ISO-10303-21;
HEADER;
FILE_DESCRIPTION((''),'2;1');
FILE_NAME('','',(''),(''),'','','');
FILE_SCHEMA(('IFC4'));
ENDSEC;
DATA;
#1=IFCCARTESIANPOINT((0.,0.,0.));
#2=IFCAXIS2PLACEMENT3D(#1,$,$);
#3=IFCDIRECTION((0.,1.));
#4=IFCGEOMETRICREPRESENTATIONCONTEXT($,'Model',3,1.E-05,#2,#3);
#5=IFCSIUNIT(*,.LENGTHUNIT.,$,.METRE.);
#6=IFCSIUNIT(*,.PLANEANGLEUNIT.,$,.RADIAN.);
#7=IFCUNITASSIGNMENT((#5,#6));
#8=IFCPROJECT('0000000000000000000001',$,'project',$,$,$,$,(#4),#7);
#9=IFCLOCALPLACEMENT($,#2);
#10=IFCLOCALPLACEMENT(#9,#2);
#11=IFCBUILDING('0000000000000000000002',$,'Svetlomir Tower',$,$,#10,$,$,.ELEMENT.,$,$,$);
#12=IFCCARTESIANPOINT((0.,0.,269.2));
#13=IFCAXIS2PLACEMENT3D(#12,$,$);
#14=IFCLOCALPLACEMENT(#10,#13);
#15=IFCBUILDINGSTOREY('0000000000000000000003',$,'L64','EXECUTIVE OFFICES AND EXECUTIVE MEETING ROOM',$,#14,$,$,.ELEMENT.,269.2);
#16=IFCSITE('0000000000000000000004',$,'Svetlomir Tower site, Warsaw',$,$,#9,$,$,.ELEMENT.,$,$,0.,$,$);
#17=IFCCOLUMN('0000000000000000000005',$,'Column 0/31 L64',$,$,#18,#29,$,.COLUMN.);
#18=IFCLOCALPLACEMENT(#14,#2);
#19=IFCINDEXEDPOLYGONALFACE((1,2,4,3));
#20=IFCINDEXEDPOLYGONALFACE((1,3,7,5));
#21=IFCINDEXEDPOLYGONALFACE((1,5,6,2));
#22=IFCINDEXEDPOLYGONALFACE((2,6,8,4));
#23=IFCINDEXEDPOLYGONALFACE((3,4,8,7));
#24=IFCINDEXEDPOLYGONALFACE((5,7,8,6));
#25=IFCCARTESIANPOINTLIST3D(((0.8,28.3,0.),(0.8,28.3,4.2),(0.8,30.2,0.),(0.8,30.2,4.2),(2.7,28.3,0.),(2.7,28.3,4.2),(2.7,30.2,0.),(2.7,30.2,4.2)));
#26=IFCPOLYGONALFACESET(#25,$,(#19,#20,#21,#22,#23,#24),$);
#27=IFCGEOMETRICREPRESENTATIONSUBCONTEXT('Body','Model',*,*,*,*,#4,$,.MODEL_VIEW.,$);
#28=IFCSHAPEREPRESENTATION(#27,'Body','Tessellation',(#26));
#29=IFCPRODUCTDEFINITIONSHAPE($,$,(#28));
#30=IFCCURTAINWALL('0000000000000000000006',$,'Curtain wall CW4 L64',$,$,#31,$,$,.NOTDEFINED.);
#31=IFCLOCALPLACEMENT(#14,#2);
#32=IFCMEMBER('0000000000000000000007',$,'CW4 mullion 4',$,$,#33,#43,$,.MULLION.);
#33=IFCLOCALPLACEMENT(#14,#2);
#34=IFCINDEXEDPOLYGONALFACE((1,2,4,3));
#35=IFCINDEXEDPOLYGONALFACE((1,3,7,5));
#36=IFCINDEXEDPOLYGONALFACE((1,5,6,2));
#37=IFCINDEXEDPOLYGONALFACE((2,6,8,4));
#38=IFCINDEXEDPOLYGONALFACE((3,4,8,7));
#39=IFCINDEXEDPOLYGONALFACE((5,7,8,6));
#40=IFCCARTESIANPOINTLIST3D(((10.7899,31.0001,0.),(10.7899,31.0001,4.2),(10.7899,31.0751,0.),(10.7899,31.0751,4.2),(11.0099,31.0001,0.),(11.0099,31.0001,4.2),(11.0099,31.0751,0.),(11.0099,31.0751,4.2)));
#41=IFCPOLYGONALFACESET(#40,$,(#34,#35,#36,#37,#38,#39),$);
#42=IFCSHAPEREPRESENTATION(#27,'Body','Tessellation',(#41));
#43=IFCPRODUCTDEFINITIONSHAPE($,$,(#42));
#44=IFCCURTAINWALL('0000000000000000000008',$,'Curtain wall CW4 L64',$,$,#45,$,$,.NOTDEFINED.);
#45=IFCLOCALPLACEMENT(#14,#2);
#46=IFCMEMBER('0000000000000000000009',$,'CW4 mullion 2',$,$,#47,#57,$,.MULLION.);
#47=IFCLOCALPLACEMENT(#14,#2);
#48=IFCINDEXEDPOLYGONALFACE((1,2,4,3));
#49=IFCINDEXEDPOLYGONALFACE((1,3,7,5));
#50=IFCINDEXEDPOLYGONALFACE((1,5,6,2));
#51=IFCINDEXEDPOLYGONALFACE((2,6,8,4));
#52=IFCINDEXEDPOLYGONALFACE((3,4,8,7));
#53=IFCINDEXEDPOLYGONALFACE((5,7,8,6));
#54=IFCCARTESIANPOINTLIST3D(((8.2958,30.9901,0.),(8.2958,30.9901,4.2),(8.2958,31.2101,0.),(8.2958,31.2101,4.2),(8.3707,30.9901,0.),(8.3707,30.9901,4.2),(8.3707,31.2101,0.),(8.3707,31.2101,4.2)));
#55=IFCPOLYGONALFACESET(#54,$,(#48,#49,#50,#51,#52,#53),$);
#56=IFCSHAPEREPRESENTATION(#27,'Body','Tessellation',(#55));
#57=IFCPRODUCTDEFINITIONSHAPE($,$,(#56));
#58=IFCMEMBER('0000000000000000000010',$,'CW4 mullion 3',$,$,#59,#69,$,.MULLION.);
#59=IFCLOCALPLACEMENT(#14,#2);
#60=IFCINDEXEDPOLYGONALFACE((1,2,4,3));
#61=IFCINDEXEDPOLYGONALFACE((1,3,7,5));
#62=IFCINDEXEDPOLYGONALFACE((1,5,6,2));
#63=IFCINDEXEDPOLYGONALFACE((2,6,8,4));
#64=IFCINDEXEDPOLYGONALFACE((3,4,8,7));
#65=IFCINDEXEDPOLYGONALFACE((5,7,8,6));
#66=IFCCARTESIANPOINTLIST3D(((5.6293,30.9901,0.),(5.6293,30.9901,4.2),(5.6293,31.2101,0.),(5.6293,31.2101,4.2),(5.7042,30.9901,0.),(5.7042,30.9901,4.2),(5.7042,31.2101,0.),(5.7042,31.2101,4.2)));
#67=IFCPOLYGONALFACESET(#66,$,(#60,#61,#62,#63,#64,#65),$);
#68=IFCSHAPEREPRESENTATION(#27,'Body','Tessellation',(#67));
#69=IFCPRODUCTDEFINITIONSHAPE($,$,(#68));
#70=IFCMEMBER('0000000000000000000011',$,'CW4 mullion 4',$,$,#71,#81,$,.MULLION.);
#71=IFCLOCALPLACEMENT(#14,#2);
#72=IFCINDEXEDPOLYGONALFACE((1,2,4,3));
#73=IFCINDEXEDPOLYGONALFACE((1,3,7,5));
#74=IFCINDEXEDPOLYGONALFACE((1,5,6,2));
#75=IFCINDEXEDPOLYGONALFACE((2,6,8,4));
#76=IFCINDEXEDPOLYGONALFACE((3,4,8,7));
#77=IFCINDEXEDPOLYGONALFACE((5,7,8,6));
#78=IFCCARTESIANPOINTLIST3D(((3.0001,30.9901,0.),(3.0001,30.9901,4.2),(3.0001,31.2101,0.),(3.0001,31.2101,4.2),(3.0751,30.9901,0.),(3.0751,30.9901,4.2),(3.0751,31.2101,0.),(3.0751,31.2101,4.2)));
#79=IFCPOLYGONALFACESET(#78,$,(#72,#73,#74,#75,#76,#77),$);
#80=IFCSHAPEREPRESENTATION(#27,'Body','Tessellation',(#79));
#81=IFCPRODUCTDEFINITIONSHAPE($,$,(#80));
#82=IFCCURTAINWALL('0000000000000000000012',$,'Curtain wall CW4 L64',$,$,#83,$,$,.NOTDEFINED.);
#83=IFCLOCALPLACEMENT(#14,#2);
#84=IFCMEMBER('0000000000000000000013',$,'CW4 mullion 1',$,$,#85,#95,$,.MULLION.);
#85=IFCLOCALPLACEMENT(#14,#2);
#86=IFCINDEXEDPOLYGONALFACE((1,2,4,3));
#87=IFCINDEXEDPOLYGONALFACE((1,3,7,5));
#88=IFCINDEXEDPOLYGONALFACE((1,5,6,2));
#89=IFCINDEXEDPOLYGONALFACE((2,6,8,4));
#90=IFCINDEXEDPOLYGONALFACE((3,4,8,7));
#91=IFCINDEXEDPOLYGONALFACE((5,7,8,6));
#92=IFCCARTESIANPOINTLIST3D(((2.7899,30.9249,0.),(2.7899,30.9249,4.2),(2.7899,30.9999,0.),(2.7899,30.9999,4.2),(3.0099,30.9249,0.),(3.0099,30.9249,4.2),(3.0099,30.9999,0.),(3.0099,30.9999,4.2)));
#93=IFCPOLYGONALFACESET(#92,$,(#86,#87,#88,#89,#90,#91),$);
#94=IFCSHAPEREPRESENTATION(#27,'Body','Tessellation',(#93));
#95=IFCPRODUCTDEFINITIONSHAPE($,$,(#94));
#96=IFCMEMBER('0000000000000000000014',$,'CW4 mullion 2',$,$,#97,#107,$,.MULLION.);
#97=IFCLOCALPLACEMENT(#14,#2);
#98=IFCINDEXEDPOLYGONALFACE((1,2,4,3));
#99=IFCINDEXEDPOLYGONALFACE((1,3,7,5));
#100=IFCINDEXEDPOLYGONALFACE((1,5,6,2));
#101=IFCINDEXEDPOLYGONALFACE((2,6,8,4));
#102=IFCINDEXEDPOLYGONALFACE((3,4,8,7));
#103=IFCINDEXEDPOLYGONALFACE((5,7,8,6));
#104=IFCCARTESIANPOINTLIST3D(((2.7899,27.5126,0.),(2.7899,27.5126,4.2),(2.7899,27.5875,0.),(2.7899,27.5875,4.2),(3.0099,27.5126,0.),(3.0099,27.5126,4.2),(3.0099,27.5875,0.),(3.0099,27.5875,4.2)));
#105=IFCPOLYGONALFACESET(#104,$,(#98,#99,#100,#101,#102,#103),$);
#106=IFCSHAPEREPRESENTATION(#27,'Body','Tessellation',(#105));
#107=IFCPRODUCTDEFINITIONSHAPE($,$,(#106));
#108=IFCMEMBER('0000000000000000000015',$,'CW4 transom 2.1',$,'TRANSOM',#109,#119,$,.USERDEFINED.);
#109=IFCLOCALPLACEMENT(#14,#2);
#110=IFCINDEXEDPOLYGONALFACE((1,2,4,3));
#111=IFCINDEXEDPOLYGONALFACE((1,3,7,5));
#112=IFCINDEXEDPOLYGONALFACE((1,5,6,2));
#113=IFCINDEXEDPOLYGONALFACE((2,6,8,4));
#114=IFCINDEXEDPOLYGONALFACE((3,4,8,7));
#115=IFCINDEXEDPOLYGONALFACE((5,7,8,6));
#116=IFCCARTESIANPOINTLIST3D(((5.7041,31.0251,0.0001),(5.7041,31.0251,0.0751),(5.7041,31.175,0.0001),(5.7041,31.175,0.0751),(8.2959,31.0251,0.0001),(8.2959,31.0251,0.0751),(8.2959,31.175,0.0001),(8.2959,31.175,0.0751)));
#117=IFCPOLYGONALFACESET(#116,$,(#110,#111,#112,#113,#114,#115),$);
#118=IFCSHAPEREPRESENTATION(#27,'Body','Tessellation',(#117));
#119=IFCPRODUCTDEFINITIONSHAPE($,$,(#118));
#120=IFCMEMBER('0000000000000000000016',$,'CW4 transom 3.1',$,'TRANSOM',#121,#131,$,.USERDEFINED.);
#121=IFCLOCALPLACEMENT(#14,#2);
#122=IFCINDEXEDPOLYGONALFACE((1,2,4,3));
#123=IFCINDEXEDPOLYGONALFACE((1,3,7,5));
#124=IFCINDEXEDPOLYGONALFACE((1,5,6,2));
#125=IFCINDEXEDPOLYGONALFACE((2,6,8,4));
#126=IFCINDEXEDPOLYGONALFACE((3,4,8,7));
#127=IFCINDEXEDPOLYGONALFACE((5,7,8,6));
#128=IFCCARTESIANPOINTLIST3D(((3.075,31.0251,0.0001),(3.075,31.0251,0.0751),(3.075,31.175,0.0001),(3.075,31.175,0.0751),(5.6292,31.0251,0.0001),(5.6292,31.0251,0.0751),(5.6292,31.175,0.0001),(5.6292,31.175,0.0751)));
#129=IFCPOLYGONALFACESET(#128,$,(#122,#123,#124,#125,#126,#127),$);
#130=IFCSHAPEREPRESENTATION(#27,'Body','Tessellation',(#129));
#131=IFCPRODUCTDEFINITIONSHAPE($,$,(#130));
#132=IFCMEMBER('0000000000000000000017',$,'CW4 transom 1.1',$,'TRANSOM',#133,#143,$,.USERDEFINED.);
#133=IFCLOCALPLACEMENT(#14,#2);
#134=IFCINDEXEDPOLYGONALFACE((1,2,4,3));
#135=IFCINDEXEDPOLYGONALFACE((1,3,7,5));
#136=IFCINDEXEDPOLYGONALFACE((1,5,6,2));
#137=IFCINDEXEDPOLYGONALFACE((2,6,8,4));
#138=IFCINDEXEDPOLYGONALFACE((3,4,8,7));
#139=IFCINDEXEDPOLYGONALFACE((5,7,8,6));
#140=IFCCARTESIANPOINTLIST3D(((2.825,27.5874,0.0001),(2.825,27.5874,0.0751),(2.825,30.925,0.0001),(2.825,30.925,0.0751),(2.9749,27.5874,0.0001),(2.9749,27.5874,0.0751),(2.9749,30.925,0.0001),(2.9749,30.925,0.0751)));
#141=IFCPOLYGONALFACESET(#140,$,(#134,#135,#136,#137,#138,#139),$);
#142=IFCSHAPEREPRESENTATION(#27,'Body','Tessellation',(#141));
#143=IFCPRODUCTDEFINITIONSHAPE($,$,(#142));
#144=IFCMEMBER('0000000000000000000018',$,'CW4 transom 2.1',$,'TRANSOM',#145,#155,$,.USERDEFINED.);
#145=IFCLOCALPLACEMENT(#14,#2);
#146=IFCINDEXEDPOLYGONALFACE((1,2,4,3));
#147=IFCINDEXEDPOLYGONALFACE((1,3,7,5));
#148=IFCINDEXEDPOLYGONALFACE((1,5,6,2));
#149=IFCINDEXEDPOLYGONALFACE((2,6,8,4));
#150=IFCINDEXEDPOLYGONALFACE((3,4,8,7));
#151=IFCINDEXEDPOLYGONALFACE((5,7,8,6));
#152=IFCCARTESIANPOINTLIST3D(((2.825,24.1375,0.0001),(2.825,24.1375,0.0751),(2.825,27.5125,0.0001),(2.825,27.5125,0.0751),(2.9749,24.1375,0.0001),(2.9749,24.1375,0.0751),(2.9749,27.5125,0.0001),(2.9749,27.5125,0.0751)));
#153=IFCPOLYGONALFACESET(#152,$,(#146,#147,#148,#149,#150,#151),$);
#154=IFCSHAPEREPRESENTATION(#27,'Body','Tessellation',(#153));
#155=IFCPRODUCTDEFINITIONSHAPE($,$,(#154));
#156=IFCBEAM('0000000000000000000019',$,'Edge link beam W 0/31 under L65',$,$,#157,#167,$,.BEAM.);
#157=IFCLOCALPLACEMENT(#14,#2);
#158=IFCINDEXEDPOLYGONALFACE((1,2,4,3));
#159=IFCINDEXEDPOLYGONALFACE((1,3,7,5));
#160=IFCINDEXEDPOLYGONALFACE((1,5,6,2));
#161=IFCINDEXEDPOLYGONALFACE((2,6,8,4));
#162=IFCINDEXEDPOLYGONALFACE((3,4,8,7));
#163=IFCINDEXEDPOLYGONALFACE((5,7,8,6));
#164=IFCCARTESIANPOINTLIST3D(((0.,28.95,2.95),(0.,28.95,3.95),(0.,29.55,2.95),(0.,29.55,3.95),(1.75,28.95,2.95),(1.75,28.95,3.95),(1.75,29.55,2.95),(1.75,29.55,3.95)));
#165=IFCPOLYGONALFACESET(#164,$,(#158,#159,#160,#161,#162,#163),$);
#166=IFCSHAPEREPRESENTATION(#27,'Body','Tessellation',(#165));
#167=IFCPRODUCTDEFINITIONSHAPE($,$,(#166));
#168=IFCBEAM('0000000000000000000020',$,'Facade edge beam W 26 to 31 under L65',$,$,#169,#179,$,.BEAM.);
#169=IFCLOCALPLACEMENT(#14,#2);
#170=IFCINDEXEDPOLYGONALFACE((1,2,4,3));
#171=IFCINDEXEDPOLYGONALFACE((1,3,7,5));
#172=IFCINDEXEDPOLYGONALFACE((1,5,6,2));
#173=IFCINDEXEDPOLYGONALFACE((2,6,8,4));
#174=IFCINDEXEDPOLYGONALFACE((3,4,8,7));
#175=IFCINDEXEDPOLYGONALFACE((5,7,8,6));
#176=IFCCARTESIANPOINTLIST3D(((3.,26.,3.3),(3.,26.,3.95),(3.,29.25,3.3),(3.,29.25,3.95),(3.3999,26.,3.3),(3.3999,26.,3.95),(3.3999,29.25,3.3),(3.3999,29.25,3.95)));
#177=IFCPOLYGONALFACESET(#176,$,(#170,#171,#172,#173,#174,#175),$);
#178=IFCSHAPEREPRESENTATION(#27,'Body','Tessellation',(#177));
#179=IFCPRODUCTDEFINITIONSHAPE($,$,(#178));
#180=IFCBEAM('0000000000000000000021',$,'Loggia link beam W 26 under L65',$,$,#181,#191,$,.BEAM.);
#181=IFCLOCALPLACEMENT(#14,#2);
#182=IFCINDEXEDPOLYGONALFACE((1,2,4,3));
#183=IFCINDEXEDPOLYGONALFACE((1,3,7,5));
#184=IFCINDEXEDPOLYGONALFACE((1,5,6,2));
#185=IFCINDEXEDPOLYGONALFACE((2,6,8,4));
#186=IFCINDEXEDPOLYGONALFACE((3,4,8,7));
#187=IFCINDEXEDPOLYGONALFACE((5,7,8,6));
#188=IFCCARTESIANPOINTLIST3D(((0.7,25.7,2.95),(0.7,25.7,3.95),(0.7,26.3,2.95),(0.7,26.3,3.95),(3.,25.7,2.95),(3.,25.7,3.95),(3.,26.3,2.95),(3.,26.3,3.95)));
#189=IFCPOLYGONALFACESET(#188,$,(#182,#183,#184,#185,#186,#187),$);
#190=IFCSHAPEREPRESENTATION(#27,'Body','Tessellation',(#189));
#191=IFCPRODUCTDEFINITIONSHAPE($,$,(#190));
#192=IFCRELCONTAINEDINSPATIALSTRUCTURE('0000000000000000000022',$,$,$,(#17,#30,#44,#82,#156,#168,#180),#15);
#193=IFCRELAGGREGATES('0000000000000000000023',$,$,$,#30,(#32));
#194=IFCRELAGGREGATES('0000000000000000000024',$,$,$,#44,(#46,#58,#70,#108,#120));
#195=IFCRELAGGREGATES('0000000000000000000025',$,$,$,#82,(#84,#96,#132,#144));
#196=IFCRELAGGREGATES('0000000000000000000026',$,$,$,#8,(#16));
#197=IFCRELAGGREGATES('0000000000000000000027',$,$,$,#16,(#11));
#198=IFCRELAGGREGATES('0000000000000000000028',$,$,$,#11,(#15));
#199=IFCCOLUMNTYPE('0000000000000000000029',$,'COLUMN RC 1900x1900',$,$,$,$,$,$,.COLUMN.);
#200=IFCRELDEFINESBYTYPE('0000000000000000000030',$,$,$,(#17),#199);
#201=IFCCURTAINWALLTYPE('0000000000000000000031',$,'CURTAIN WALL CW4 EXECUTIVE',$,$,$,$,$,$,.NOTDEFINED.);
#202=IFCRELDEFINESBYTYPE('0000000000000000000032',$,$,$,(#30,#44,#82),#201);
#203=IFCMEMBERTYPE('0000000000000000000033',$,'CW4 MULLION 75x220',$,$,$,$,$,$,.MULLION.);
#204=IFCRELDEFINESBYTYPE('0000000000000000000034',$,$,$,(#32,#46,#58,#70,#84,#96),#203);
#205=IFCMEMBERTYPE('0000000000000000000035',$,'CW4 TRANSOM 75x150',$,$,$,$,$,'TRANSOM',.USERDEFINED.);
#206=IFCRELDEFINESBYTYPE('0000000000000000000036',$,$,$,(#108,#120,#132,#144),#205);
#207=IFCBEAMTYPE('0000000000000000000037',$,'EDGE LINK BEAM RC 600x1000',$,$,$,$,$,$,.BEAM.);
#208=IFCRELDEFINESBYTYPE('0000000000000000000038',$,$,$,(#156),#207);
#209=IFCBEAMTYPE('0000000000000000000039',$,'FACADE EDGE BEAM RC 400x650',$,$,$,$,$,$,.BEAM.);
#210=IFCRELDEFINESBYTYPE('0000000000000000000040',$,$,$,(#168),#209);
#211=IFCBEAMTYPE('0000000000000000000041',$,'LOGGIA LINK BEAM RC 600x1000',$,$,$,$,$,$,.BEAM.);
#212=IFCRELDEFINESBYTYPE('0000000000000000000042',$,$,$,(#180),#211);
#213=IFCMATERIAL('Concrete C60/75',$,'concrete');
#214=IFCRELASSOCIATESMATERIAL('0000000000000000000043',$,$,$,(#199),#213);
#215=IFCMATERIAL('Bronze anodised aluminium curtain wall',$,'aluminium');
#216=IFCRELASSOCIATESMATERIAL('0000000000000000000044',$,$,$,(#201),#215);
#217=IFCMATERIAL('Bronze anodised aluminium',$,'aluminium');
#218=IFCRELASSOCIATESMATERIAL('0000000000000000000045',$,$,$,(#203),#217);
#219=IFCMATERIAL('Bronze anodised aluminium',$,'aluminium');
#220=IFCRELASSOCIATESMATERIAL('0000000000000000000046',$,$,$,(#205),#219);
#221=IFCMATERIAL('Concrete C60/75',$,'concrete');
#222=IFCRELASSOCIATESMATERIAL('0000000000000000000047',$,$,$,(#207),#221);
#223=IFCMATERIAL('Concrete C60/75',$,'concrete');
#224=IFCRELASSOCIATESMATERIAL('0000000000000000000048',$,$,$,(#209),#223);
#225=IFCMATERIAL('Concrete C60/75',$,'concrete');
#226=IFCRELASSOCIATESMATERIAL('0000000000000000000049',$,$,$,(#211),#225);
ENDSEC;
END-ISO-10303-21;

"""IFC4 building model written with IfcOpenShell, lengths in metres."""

from ifc_helpers import new_model, si_unit, direction, frame, origin, origin_2d, place, context, subcontext, project, spatial, rectangle, extrude, material, material_profile, profile_set, type_object, element, aggregate, save


model = new_model("IFC4")

# Units and contexts
model_context = context("Model", 3, precision=1e-05, world=origin(), true_north=direction((0.0, 1.0)))
body_context = subcontext(model_context, "Body", "Model", "MODEL_VIEW")
ifc_project = project(units=[si_unit("LENGTHUNIT", "METRE"), si_unit("PLANEANGLEUNIT", "RADIAN")], contexts=[model_context])

# Site, building, storey
site_placement = place(None, origin())
site = spatial("IfcSite", under=ifc_project, at=site_placement, Name="Svetlomir Tower site, Warsaw", CompositionType="ELEMENT", RefElevation=0.0)
building_placement = place(site_placement, origin())
building = spatial("IfcBuilding", under=site, at=building_placement, Name="Svetlomir Tower", CompositionType="ELEMENT")
storey_placement = place(building_placement, frame((0.0, 0.0, 269.2)))
storey = spatial("IfcBuildingStorey", under=building, at=storey_placement, Name="L64", Description="EXECUTIVE OFFICES AND EXECUTIVE MEETING ROOM", CompositionType="ELEMENT", Elevation=269.2)

# Column
ifc_material_1 = material(Name="Concrete C60/75", Category="concrete")
ifc_material_profile_1 = material_profile(ifc_material_1, rectangle(XDim=1.8999, YDim=1.8999, at=origin_2d()), Name="RC 1900x1900")
ifc_profile_set_1 = profile_set([ifc_material_profile_1], Name="Concrete C60/75")
column_type = type_object("IfcColumnType", Name="COLUMN RC 1900x1900", PredefinedType="COLUMN", material=ifc_profile_set_1)
column_placement = place(storey_placement, frame((1.75, 29.25, 0.0), z_axis=(0.0, 0.0, 1.0), x_axis=(1.0, 0.0, 0.0)))
element("IfcColumn", 1, at=column_placement, inside=storey, type_object=column_type, Name="Column 0/31 L64", PredefinedType="COLUMN", context=body_context, shape_type="SweptSolid", body=[
    extrude(rectangle(XDim=1.8999, YDim=1.8999, at=origin_2d()), origin(), (0.0, 0.0, 1.0), 4.2),
])

# Curtain wall, member
ifc_material_2 = material(Name="Bronze anodised aluminium curtain wall", Category="aluminium")
curtain_wall_type = type_object("IfcCurtainWallType", Name="CURTAIN WALL CW4 EXECUTIVE", PredefinedType="NOTDEFINED", material=ifc_material_2)
curtain_wall_1_placement = place(storey_placement, origin())
curtain_wall_1 = element("IfcCurtainWall", 2, at=curtain_wall_1_placement, inside=storey, type_object=curtain_wall_type, Name="Curtain wall CW4 L64", PredefinedType="NOTDEFINED")
ifc_material_3 = material(Name="Bronze anodised aluminium", Category="aluminium")
ifc_material_profile_2 = material_profile(ifc_material_3, rectangle(XDim=0.075, YDim=0.22, at=origin_2d()), Name="AL 75x220")
ifc_profile_set_2 = profile_set([ifc_material_profile_2], Name="Bronze anodised aluminium 6063-T6")
member_type_1 = type_object("IfcMemberType", Name="CW4 MULLION 75x220", PredefinedType="MULLION", material=ifc_profile_set_2)
member_1_placement = place(storey_placement, frame((10.8999, 31.0376, 0.0), z_axis=(0.0, 0.0, 1.0), x_axis=(0.0, -1.0, 0.0)))
member_1 = element("IfcMember", 3, at=member_1_placement, type_object=member_type_1, Name="CW4 mullion 4", PredefinedType="MULLION", context=body_context, shape_type="SweptSolid", body=[
    extrude(rectangle(XDim=0.075, YDim=0.22, at=origin_2d()), origin(), (0.0, 0.0, 1.0), 4.2),
])
aggregate(curtain_wall_1, [member_1])

# Curtain walls, members
curtain_wall_2_placement = place(storey_placement, origin())
curtain_wall_2 = element("IfcCurtainWall", 4, at=curtain_wall_2_placement, inside=storey, type_object=curtain_wall_type, Name="Curtain wall CW4 L64", PredefinedType="NOTDEFINED")
member_2_placement = place(storey_placement, frame((8.3333, 31.1001, 0.0), z_axis=(0.0, 0.0, 1.0), x_axis=(-1.0, 0.0, 0.0)))
member_2 = element("IfcMember", 5, at=member_2_placement, type_object=member_type_1, Name="CW4 mullion 2", PredefinedType="MULLION", context=body_context, shape_type="SweptSolid", body=[
    extrude(rectangle(XDim=0.075, YDim=0.22, at=origin_2d()), origin(), (0.0, 0.0, 1.0), 4.2),
])
member_3_placement = place(storey_placement, frame((5.6667, 31.1001, 0.0), z_axis=(0.0, 0.0, 1.0), x_axis=(-1.0, 0.0, 0.0)))
member_3 = element("IfcMember", 6, at=member_3_placement, type_object=member_type_1, Name="CW4 mullion 3", PredefinedType="MULLION", context=body_context, shape_type="SweptSolid", body=[
    extrude(rectangle(XDim=0.075, YDim=0.22, at=origin_2d()), origin(), (0.0, 0.0, 1.0), 4.2),
])
member_4_placement = place(storey_placement, frame((3.0376, 31.1001, 0.0), z_axis=(0.0, 0.0, 1.0), x_axis=(-1.0, 0.0, 0.0)))
member_4 = element("IfcMember", 7, at=member_4_placement, type_object=member_type_1, Name="CW4 mullion 4", PredefinedType="MULLION", context=body_context, shape_type="SweptSolid", body=[
    extrude(rectangle(XDim=0.075, YDim=0.22, at=origin_2d()), origin(), (0.0, 0.0, 1.0), 4.2),
])
curtain_wall_3_placement = place(storey_placement, origin())
curtain_wall_3 = element("IfcCurtainWall", 8, at=curtain_wall_3_placement, inside=storey, type_object=curtain_wall_type, Name="Curtain wall CW4 L64", PredefinedType="NOTDEFINED")
member_5_placement = place(storey_placement, frame((2.8999, 30.9624, 0.0), z_axis=(0.0, 0.0, 1.0), x_axis=(0.0, -1.0, 0.0)))
member_5 = element("IfcMember", 9, at=member_5_placement, type_object=member_type_1, Name="CW4 mullion 1", PredefinedType="MULLION", context=body_context, shape_type="SweptSolid", body=[
    extrude(rectangle(XDim=0.075, YDim=0.22, at=origin_2d()), origin(), (0.0, 0.0, 1.0), 4.2),
])
member_6_placement = place(storey_placement, frame((2.8999, 27.55, 0.0), z_axis=(0.0, 0.0, 1.0), x_axis=(0.0, -1.0, 0.0)))
member_6 = element("IfcMember", 10, at=member_6_placement, type_object=member_type_1, Name="CW4 mullion 2", PredefinedType="MULLION", context=body_context, shape_type="SweptSolid", body=[
    extrude(rectangle(XDim=0.075, YDim=0.22, at=origin_2d()), origin(), (0.0, 0.0, 1.0), 4.2),
])

# Members
ifc_material_4 = material(Name="Bronze anodised aluminium", Category="aluminium")
ifc_material_profile_3 = material_profile(ifc_material_4, rectangle(XDim=0.1499, YDim=0.075, at=origin_2d()), Name="AL 150x75")
ifc_profile_set_3 = profile_set([ifc_material_profile_3], Name="Bronze anodised aluminium 6063-T6")
member_type_2 = type_object("IfcMemberType", Name="CW4 TRANSOM 75x150", ElementType="TRANSOM", PredefinedType="USERDEFINED", material=ifc_profile_set_3)
member_7_placement = place(storey_placement, frame((8.2959, 31.1001, 0.0376), z_axis=(-1.0, 0.0, 0.0), x_axis=(0.0, -1.0, 0.0)))
member_7 = element("IfcMember", 11, at=member_7_placement, type_object=member_type_2, Name="CW4 transom 2.1", ObjectType="TRANSOM", PredefinedType="USERDEFINED", context=body_context, shape_type="SweptSolid", body=[
    extrude(rectangle(XDim=0.1499, YDim=0.075, at=origin_2d()), origin(), (0.0, 0.0, 1.0), 2.5918),
])
member_8_placement = place(storey_placement, frame((5.6292, 31.1001, 0.0376), z_axis=(-1.0, 0.0, 0.0), x_axis=(0.0, -1.0, 0.0)))
member_8 = element("IfcMember", 12, at=member_8_placement, type_object=member_type_2, Name="CW4 transom 3.1", ObjectType="TRANSOM", PredefinedType="USERDEFINED", context=body_context, shape_type="SweptSolid", body=[
    extrude(rectangle(XDim=0.1499, YDim=0.075, at=origin_2d()), origin(), (0.0, 0.0, 1.0), 2.5542),
])
member_9_placement = place(storey_placement, frame((2.8999, 30.925, 0.0376), z_axis=(0.0, -1.0, 0.0), x_axis=(1.0, 0.0, 0.0)))
member_9 = element("IfcMember", 13, at=member_9_placement, type_object=member_type_2, Name="CW4 transom 1.1", ObjectType="TRANSOM", PredefinedType="USERDEFINED", context=body_context, shape_type="SweptSolid", body=[
    extrude(rectangle(XDim=0.1499, YDim=0.075, at=origin_2d()), origin(), (0.0, 0.0, 1.0), 3.3376),
])
member_10_placement = place(storey_placement, frame((2.8999, 27.5125, 0.0376), z_axis=(0.0, -1.0, 0.0), x_axis=(1.0, 0.0, 0.0)))
member_10 = element("IfcMember", 14, at=member_10_placement, type_object=member_type_2, Name="CW4 transom 2.1", ObjectType="TRANSOM", PredefinedType="USERDEFINED", context=body_context, shape_type="SweptSolid", body=[
    extrude(rectangle(XDim=0.1499, YDim=0.075, at=origin_2d()), origin(), (0.0, 0.0, 1.0), 3.375),
])

# Beams
ifc_material_5 = material(Name="Concrete C60/75", Category="concrete")
ifc_material_profile_4 = material_profile(ifc_material_5, rectangle(XDim=0.6001, YDim=1.0, at=origin_2d()), Name="RC 600x1000")
ifc_profile_set_4 = profile_set([ifc_material_profile_4], Name="Concrete C60/75")
beam_type_1 = type_object("IfcBeamType", Name="EDGE LINK BEAM RC 600x1000", PredefinedType="BEAM", material=ifc_profile_set_4)
beam_1_placement = place(storey_placement, frame((1.75, 29.25, 3.45), z_axis=(-1.0, 0.0, 0.0), x_axis=(0.0, -1.0, 0.0)))
element("IfcBeam", 15, at=beam_1_placement, inside=storey, type_object=beam_type_1, Name="Edge link beam W 0/31 under L65", PredefinedType="BEAM", context=body_context, shape_type="SweptSolid", body=[
    extrude(rectangle(XDim=0.6001, YDim=1.0, at=origin_2d()), origin(), (0.0, 0.0, 1.0), 1.75),
])
ifc_material_6 = material(Name="Concrete C60/75", Category="concrete")
ifc_material_profile_5 = material_profile(ifc_material_6, rectangle(XDim=0.3999, YDim=0.6499, at=origin_2d()), Name="RC 400x650")
ifc_profile_set_5 = profile_set([ifc_material_profile_5], Name="Concrete C60/75")
beam_type_2 = type_object("IfcBeamType", Name="FACADE EDGE BEAM RC 400x650", PredefinedType="BEAM", material=ifc_profile_set_5)
beam_2_placement = place(storey_placement, frame((3.2, 26.0, 3.625), z_axis=(0.0, 1.0, 0.0), x_axis=(-1.0, 0.0, 0.0)))
element("IfcBeam", 16, at=beam_2_placement, inside=storey, type_object=beam_type_2, Name="Facade edge beam W 26 to 31 under L65", PredefinedType="BEAM", context=body_context, shape_type="SweptSolid", body=[
    extrude(rectangle(XDim=0.3999, YDim=0.6499, at=origin_2d()), origin(), (0.0, 0.0, 1.0), 3.25),
])
ifc_material_7 = material(Name="Concrete C60/75", Category="concrete")
ifc_material_profile_6 = material_profile(ifc_material_7, rectangle(XDim=0.6001, YDim=1.0, at=origin_2d()), Name="RC 600x1000")
ifc_profile_set_6 = profile_set([ifc_material_profile_6], Name="Concrete C60/75")
beam_type_3 = type_object("IfcBeamType", Name="LOGGIA LINK BEAM RC 600x1000", PredefinedType="BEAM", material=ifc_profile_set_6)
beam_3_placement = place(storey_placement, frame((0.7, 26.0, 3.45), z_axis=(1.0, 0.0, 0.0), x_axis=(0.0, 1.0, 0.0)))
element("IfcBeam", 17, at=beam_3_placement, inside=storey, type_object=beam_type_3, Name="Loggia link beam W 26 under L65", PredefinedType="BEAM", context=body_context, shape_type="SweptSolid", body=[
    extrude(rectangle(XDim=0.6001, YDim=1.0, at=origin_2d()), origin(), (0.0, 0.0, 1.0), 2.3),
])

aggregate(curtain_wall_2, [member_2, member_3, member_4, member_7, member_8])
aggregate(curtain_wall_3, [member_5, member_6, member_9, member_10])

save(model, "model.ifc")
